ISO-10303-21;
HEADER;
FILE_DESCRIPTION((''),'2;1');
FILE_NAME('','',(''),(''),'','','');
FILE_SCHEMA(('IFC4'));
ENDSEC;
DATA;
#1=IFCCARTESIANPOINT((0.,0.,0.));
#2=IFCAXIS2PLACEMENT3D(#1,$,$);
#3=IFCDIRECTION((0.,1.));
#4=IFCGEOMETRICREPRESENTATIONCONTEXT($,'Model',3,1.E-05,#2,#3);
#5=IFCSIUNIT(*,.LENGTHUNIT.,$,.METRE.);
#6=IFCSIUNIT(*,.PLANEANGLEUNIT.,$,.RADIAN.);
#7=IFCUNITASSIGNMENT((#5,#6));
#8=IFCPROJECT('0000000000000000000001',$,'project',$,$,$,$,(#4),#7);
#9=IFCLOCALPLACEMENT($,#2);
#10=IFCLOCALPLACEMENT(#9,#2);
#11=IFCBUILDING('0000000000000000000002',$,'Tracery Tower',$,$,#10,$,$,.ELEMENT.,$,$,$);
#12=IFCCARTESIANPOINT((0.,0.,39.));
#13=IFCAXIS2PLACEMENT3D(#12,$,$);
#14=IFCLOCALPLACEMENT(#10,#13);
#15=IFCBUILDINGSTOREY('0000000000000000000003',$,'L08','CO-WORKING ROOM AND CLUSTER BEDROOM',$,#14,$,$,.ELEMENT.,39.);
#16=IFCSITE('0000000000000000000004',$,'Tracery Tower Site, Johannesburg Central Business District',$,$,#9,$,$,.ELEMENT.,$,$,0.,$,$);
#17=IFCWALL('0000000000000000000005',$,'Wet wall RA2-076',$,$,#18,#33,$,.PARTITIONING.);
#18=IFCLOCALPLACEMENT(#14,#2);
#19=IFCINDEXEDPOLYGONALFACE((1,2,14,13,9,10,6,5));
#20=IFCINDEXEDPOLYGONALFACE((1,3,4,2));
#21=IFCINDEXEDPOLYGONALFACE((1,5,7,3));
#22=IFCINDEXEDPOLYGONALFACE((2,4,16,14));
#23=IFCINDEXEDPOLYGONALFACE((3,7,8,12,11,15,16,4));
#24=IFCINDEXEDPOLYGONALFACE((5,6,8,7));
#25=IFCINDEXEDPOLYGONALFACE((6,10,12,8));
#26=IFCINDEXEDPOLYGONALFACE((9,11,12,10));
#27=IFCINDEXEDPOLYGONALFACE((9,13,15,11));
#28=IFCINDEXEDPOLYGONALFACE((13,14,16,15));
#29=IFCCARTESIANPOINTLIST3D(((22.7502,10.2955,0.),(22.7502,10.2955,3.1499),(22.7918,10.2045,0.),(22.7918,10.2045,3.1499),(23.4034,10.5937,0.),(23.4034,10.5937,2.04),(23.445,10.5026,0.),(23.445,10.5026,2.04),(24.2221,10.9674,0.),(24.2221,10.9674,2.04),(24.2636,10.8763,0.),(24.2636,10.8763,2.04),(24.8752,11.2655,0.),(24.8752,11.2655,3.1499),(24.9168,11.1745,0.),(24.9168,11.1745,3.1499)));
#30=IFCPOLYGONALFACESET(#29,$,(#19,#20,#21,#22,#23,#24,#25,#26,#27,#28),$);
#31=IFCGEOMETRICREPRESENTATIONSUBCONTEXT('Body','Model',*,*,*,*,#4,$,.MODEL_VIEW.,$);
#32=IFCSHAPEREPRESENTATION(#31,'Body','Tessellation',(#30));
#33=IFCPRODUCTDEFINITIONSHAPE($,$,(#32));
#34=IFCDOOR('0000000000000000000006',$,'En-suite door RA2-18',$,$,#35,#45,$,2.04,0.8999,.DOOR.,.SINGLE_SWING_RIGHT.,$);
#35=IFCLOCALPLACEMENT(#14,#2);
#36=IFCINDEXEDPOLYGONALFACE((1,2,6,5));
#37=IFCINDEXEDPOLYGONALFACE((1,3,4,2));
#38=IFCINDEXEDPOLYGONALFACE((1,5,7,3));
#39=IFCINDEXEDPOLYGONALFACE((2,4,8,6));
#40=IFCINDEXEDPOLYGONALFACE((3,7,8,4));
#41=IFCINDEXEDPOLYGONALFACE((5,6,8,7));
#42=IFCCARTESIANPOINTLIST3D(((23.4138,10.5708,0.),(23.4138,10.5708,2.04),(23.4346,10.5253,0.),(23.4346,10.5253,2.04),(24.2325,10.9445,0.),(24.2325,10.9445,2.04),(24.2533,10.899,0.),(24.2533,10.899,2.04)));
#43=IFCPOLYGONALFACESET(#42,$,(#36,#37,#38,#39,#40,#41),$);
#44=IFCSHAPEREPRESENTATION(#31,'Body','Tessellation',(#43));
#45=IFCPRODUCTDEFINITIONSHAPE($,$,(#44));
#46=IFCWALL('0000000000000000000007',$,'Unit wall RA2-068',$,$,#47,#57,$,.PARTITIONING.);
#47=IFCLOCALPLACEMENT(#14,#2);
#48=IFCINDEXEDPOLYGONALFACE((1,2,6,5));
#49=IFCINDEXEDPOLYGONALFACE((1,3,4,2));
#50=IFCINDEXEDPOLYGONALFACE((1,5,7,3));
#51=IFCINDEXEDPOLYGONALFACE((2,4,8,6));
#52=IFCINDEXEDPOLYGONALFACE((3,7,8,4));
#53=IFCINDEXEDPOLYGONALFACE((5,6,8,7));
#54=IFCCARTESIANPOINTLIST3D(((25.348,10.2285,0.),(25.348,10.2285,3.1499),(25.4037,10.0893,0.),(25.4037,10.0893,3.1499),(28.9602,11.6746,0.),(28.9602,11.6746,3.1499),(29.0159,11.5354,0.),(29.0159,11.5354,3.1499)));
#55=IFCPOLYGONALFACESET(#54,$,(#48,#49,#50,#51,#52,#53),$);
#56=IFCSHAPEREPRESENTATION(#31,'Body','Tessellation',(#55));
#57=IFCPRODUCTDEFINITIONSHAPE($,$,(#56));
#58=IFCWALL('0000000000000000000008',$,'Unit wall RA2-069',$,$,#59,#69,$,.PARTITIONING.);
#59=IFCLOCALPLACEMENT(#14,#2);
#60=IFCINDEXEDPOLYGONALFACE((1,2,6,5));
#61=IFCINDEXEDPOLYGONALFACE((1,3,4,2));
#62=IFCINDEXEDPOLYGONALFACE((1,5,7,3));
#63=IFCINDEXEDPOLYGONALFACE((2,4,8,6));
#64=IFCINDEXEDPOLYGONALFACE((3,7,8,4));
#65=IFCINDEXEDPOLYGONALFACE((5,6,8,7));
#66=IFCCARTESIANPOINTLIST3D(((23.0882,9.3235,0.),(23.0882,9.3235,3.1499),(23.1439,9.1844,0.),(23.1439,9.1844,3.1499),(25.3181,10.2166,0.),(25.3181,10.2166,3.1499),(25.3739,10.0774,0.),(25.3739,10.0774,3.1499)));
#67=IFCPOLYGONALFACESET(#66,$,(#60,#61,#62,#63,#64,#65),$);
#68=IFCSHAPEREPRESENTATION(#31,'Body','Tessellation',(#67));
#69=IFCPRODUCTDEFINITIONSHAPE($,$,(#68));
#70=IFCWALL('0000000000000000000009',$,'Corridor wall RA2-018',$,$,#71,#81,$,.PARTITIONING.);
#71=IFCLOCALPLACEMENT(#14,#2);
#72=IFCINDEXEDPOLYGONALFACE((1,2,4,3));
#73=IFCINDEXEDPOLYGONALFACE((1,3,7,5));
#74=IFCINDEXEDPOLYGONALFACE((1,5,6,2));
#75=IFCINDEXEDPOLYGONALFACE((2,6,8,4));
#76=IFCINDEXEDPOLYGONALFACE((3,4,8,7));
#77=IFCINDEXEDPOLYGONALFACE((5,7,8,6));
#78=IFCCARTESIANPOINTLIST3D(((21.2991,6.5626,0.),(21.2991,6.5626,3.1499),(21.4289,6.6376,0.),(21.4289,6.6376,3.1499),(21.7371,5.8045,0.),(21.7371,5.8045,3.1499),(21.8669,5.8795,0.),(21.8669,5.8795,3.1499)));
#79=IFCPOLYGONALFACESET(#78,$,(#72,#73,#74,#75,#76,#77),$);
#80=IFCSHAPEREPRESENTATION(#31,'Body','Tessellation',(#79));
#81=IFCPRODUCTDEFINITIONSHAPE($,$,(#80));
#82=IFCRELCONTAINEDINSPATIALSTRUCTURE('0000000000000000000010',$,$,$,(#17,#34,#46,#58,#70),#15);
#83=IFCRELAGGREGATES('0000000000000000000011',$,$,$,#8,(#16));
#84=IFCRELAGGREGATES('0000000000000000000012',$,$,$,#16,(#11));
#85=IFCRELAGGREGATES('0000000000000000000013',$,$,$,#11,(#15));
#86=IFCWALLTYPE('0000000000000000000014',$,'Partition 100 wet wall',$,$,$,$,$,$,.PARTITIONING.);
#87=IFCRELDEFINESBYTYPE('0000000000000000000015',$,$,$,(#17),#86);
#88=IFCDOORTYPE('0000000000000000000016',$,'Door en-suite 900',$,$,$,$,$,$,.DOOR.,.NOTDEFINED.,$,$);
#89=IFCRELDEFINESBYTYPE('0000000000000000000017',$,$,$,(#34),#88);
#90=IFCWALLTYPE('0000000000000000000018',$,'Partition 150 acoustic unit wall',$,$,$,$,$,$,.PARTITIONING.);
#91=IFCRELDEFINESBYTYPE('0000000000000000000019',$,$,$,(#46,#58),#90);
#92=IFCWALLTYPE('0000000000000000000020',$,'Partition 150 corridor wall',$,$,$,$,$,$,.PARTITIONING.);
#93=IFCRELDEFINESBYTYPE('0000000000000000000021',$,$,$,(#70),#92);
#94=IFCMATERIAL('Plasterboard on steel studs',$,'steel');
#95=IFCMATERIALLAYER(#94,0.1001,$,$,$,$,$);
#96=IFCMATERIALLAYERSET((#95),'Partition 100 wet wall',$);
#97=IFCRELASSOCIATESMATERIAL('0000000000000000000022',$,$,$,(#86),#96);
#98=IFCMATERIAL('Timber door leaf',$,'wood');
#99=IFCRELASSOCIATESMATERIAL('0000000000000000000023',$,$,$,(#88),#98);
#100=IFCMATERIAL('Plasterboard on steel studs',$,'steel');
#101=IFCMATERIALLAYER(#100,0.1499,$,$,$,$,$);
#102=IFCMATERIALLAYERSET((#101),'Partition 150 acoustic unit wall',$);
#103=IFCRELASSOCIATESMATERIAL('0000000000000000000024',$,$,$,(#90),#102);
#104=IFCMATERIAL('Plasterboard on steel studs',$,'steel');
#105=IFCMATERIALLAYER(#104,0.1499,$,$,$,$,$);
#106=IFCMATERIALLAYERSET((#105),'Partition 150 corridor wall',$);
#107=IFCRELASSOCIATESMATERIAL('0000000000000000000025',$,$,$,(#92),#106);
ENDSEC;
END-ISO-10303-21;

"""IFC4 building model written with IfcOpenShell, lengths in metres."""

from ifc_helpers import new_model, si_unit, direction, frame, frame_2d, origin, place, context, subcontext, project, spatial, rectangle, extrude, material, layer, layer_set, type_object, element, fill, save


model = new_model("IFC4")

# Units and contexts
model_context = context("Model", 3, precision=1e-05, world=origin(), true_north=direction((0.0, 1.0)))
body_context = subcontext(model_context, "Body", "Model", "MODEL_VIEW")
ifc_project = project(units=[si_unit("LENGTHUNIT", "METRE"), si_unit("PLANEANGLEUNIT", "RADIAN")], contexts=[model_context])

# Site, building, storey
site_placement = place(None, origin())
site = spatial("IfcSite", under=ifc_project, at=site_placement, Name="Tracery Tower Site, Johannesburg Central Business District", CompositionType="ELEMENT", RefElevation=0.0)
building_placement = place(site_placement, origin())
building = spatial("IfcBuilding", under=site, at=building_placement, Name="Tracery Tower", CompositionType="ELEMENT")
storey_placement = place(building_placement, frame((0.0, 0.0, 39.0)))
storey = spatial("IfcBuildingStorey", under=building, at=storey_placement, Name="L08", Description="CO-WORKING ROOM AND CLUSTER BEDROOM", CompositionType="ELEMENT", Elevation=39.0)

# Shared definitions
ifc_material_1 = material(Name="Plasterboard on steel studs", Category="steel")
ifc_layer_1 = layer(ifc_material_1, 0.1001)
ifc_layer_set_1 = layer_set([ifc_layer_1], Name="Partition 100 wet wall")
wall_type_1 = type_object("IfcWallType", Name="Partition 100 wet wall", PredefinedType="PARTITIONING", material=ifc_layer_set_1)

# Shared definitions
ifc_material_2 = material(Name="Timber door leaf", Category="wood")
door_type_1 = type_object("IfcDoorType", Name="Door en-suite 900", OperationType="NOTDEFINED", PredefinedType="DOOR", material=ifc_material_2)

# Wall, opening, door
wall_1_placement = place(storey_placement, frame((22.771, 10.25, 0.0), z_axis=(0.0, 0.0, 1.0), x_axis=(0.90971, 0.415243, 0.0)))
wall_1 = element("IfcWall", 1, at=wall_1_placement, inside=storey, type_object=wall_type_1, Name="Wet wall RA2-076", PredefinedType="PARTITIONING", context=body_context, shape_type="SweptSolid", body=[
    extrude(rectangle(XDim=2.3359, YDim=0.1001, at=frame_2d((1.168, 0.0))), origin(), (0.0, 0.0, 1.0), 3.1499),
])
opening_1_placement = place(wall_1_placement, frame((0.718, 0.0, 0.0)))
opening_1 = element("IfcOpeningElement", 2, at=opening_1_placement, cuts=wall_1, PredefinedType="OPENING", context=body_context, shape_type="SweptSolid", body=[
    extrude(rectangle(XDim=0.8999, YDim=2.04, at=frame_2d((0.45, 1.02))), frame((0.0, 0.05, 0.0), z_axis=(0.0, -1.0, 0.0), x_axis=(1.0, 0.0, 0.0)), (0.0, 0.0, 1.0), 0.1001),
])
door_1_placement = place(opening_1_placement, origin())
door_1 = element("IfcDoor", 3, at=door_1_placement, inside=storey, type_object=door_type_1, Name="En-suite door RA2-18", OperationType="SINGLE_SWING_RIGHT", OverallHeight=2.04, OverallWidth=0.8999, PredefinedType="DOOR", context=body_context, shape_type="SweptSolid", body=[
    extrude(rectangle(XDim=0.8999, YDim=2.04, at=frame_2d((0.45, 1.02))), frame((0.0, 0.0249, 0.0), z_axis=(0.0, -1.0, 0.0), x_axis=(1.0, 0.0, 0.0)), (0.0, 0.0, 1.0), 0.05),
])
fill(opening_1, door_1)

# Walls
ifc_material_3 = material(Name="Plasterboard on steel studs", Category="steel")
ifc_layer_2 = layer(ifc_material_3, 0.1499)
ifc_layer_set_2 = layer_set([ifc_layer_2], Name="Partition 150 acoustic unit wall")
wall_type_2 = type_object("IfcWallType", Name="Partition 150 acoustic unit wall", PredefinedType="PARTITIONING", material=ifc_layer_set_2)
wall_2_placement = place(storey_placement, frame((25.376, 10.1589, 0.0), z_axis=(0.0, 0.0, 1.0), x_axis=(0.928368, 0.371661, 0.0)))
element("IfcWall", 4, at=wall_2_placement, inside=storey, type_object=wall_type_2, Name="Unit wall RA2-068", PredefinedType="PARTITIONING", context=body_context, shape_type="SweptSolid", body=[
    extrude(rectangle(XDim=3.8909, YDim=0.1499, at=frame_2d((1.9453, 0.0))), origin(), (0.0, 0.0, 1.0), 3.1499),
])
wall_3_placement = place(storey_placement, frame((23.116, 9.2539, 0.0), z_axis=(0.0, 0.0, 1.0), x_axis=(0.928322, 0.371776, 0.0)))
element("IfcWall", 5, at=wall_3_placement, inside=storey, type_object=wall_type_2, Name="Unit wall RA2-069", PredefinedType="PARTITIONING", context=body_context, shape_type="SweptSolid", body=[
    extrude(rectangle(XDim=2.4021, YDim=0.1499, at=frame_2d((1.2012, 0.0))), origin(), (0.0, 0.0, 1.0), 3.1499),
])
ifc_material_4 = material(Name="Plasterboard on steel studs", Category="steel")
ifc_layer_3 = layer(ifc_material_4, 0.1499)
ifc_layer_set_3 = layer_set([ifc_layer_3], Name="Partition 150 corridor wall")
wall_type_3 = type_object("IfcWallType", Name="Partition 150 corridor wall", PredefinedType="PARTITIONING", material=ifc_layer_set_3)
wall_4_placement = place(storey_placement, frame((21.364, 6.6001, 0.0), z_axis=(0.0, 0.0, 1.0), x_axis=(0.500278, -0.865865, 0.0)))
element("IfcWall", 6, at=wall_4_placement, inside=storey, type_object=wall_type_3, Name="Corridor wall RA2-018", PredefinedType="PARTITIONING", context=body_context, shape_type="SweptSolid", body=[
    extrude(rectangle(XDim=0.8755, YDim=0.1499, at=frame_2d((0.4377, 0.0))), origin(), (0.0, 0.0, 1.0), 3.1499),
])

save(model, "model.ifc")
